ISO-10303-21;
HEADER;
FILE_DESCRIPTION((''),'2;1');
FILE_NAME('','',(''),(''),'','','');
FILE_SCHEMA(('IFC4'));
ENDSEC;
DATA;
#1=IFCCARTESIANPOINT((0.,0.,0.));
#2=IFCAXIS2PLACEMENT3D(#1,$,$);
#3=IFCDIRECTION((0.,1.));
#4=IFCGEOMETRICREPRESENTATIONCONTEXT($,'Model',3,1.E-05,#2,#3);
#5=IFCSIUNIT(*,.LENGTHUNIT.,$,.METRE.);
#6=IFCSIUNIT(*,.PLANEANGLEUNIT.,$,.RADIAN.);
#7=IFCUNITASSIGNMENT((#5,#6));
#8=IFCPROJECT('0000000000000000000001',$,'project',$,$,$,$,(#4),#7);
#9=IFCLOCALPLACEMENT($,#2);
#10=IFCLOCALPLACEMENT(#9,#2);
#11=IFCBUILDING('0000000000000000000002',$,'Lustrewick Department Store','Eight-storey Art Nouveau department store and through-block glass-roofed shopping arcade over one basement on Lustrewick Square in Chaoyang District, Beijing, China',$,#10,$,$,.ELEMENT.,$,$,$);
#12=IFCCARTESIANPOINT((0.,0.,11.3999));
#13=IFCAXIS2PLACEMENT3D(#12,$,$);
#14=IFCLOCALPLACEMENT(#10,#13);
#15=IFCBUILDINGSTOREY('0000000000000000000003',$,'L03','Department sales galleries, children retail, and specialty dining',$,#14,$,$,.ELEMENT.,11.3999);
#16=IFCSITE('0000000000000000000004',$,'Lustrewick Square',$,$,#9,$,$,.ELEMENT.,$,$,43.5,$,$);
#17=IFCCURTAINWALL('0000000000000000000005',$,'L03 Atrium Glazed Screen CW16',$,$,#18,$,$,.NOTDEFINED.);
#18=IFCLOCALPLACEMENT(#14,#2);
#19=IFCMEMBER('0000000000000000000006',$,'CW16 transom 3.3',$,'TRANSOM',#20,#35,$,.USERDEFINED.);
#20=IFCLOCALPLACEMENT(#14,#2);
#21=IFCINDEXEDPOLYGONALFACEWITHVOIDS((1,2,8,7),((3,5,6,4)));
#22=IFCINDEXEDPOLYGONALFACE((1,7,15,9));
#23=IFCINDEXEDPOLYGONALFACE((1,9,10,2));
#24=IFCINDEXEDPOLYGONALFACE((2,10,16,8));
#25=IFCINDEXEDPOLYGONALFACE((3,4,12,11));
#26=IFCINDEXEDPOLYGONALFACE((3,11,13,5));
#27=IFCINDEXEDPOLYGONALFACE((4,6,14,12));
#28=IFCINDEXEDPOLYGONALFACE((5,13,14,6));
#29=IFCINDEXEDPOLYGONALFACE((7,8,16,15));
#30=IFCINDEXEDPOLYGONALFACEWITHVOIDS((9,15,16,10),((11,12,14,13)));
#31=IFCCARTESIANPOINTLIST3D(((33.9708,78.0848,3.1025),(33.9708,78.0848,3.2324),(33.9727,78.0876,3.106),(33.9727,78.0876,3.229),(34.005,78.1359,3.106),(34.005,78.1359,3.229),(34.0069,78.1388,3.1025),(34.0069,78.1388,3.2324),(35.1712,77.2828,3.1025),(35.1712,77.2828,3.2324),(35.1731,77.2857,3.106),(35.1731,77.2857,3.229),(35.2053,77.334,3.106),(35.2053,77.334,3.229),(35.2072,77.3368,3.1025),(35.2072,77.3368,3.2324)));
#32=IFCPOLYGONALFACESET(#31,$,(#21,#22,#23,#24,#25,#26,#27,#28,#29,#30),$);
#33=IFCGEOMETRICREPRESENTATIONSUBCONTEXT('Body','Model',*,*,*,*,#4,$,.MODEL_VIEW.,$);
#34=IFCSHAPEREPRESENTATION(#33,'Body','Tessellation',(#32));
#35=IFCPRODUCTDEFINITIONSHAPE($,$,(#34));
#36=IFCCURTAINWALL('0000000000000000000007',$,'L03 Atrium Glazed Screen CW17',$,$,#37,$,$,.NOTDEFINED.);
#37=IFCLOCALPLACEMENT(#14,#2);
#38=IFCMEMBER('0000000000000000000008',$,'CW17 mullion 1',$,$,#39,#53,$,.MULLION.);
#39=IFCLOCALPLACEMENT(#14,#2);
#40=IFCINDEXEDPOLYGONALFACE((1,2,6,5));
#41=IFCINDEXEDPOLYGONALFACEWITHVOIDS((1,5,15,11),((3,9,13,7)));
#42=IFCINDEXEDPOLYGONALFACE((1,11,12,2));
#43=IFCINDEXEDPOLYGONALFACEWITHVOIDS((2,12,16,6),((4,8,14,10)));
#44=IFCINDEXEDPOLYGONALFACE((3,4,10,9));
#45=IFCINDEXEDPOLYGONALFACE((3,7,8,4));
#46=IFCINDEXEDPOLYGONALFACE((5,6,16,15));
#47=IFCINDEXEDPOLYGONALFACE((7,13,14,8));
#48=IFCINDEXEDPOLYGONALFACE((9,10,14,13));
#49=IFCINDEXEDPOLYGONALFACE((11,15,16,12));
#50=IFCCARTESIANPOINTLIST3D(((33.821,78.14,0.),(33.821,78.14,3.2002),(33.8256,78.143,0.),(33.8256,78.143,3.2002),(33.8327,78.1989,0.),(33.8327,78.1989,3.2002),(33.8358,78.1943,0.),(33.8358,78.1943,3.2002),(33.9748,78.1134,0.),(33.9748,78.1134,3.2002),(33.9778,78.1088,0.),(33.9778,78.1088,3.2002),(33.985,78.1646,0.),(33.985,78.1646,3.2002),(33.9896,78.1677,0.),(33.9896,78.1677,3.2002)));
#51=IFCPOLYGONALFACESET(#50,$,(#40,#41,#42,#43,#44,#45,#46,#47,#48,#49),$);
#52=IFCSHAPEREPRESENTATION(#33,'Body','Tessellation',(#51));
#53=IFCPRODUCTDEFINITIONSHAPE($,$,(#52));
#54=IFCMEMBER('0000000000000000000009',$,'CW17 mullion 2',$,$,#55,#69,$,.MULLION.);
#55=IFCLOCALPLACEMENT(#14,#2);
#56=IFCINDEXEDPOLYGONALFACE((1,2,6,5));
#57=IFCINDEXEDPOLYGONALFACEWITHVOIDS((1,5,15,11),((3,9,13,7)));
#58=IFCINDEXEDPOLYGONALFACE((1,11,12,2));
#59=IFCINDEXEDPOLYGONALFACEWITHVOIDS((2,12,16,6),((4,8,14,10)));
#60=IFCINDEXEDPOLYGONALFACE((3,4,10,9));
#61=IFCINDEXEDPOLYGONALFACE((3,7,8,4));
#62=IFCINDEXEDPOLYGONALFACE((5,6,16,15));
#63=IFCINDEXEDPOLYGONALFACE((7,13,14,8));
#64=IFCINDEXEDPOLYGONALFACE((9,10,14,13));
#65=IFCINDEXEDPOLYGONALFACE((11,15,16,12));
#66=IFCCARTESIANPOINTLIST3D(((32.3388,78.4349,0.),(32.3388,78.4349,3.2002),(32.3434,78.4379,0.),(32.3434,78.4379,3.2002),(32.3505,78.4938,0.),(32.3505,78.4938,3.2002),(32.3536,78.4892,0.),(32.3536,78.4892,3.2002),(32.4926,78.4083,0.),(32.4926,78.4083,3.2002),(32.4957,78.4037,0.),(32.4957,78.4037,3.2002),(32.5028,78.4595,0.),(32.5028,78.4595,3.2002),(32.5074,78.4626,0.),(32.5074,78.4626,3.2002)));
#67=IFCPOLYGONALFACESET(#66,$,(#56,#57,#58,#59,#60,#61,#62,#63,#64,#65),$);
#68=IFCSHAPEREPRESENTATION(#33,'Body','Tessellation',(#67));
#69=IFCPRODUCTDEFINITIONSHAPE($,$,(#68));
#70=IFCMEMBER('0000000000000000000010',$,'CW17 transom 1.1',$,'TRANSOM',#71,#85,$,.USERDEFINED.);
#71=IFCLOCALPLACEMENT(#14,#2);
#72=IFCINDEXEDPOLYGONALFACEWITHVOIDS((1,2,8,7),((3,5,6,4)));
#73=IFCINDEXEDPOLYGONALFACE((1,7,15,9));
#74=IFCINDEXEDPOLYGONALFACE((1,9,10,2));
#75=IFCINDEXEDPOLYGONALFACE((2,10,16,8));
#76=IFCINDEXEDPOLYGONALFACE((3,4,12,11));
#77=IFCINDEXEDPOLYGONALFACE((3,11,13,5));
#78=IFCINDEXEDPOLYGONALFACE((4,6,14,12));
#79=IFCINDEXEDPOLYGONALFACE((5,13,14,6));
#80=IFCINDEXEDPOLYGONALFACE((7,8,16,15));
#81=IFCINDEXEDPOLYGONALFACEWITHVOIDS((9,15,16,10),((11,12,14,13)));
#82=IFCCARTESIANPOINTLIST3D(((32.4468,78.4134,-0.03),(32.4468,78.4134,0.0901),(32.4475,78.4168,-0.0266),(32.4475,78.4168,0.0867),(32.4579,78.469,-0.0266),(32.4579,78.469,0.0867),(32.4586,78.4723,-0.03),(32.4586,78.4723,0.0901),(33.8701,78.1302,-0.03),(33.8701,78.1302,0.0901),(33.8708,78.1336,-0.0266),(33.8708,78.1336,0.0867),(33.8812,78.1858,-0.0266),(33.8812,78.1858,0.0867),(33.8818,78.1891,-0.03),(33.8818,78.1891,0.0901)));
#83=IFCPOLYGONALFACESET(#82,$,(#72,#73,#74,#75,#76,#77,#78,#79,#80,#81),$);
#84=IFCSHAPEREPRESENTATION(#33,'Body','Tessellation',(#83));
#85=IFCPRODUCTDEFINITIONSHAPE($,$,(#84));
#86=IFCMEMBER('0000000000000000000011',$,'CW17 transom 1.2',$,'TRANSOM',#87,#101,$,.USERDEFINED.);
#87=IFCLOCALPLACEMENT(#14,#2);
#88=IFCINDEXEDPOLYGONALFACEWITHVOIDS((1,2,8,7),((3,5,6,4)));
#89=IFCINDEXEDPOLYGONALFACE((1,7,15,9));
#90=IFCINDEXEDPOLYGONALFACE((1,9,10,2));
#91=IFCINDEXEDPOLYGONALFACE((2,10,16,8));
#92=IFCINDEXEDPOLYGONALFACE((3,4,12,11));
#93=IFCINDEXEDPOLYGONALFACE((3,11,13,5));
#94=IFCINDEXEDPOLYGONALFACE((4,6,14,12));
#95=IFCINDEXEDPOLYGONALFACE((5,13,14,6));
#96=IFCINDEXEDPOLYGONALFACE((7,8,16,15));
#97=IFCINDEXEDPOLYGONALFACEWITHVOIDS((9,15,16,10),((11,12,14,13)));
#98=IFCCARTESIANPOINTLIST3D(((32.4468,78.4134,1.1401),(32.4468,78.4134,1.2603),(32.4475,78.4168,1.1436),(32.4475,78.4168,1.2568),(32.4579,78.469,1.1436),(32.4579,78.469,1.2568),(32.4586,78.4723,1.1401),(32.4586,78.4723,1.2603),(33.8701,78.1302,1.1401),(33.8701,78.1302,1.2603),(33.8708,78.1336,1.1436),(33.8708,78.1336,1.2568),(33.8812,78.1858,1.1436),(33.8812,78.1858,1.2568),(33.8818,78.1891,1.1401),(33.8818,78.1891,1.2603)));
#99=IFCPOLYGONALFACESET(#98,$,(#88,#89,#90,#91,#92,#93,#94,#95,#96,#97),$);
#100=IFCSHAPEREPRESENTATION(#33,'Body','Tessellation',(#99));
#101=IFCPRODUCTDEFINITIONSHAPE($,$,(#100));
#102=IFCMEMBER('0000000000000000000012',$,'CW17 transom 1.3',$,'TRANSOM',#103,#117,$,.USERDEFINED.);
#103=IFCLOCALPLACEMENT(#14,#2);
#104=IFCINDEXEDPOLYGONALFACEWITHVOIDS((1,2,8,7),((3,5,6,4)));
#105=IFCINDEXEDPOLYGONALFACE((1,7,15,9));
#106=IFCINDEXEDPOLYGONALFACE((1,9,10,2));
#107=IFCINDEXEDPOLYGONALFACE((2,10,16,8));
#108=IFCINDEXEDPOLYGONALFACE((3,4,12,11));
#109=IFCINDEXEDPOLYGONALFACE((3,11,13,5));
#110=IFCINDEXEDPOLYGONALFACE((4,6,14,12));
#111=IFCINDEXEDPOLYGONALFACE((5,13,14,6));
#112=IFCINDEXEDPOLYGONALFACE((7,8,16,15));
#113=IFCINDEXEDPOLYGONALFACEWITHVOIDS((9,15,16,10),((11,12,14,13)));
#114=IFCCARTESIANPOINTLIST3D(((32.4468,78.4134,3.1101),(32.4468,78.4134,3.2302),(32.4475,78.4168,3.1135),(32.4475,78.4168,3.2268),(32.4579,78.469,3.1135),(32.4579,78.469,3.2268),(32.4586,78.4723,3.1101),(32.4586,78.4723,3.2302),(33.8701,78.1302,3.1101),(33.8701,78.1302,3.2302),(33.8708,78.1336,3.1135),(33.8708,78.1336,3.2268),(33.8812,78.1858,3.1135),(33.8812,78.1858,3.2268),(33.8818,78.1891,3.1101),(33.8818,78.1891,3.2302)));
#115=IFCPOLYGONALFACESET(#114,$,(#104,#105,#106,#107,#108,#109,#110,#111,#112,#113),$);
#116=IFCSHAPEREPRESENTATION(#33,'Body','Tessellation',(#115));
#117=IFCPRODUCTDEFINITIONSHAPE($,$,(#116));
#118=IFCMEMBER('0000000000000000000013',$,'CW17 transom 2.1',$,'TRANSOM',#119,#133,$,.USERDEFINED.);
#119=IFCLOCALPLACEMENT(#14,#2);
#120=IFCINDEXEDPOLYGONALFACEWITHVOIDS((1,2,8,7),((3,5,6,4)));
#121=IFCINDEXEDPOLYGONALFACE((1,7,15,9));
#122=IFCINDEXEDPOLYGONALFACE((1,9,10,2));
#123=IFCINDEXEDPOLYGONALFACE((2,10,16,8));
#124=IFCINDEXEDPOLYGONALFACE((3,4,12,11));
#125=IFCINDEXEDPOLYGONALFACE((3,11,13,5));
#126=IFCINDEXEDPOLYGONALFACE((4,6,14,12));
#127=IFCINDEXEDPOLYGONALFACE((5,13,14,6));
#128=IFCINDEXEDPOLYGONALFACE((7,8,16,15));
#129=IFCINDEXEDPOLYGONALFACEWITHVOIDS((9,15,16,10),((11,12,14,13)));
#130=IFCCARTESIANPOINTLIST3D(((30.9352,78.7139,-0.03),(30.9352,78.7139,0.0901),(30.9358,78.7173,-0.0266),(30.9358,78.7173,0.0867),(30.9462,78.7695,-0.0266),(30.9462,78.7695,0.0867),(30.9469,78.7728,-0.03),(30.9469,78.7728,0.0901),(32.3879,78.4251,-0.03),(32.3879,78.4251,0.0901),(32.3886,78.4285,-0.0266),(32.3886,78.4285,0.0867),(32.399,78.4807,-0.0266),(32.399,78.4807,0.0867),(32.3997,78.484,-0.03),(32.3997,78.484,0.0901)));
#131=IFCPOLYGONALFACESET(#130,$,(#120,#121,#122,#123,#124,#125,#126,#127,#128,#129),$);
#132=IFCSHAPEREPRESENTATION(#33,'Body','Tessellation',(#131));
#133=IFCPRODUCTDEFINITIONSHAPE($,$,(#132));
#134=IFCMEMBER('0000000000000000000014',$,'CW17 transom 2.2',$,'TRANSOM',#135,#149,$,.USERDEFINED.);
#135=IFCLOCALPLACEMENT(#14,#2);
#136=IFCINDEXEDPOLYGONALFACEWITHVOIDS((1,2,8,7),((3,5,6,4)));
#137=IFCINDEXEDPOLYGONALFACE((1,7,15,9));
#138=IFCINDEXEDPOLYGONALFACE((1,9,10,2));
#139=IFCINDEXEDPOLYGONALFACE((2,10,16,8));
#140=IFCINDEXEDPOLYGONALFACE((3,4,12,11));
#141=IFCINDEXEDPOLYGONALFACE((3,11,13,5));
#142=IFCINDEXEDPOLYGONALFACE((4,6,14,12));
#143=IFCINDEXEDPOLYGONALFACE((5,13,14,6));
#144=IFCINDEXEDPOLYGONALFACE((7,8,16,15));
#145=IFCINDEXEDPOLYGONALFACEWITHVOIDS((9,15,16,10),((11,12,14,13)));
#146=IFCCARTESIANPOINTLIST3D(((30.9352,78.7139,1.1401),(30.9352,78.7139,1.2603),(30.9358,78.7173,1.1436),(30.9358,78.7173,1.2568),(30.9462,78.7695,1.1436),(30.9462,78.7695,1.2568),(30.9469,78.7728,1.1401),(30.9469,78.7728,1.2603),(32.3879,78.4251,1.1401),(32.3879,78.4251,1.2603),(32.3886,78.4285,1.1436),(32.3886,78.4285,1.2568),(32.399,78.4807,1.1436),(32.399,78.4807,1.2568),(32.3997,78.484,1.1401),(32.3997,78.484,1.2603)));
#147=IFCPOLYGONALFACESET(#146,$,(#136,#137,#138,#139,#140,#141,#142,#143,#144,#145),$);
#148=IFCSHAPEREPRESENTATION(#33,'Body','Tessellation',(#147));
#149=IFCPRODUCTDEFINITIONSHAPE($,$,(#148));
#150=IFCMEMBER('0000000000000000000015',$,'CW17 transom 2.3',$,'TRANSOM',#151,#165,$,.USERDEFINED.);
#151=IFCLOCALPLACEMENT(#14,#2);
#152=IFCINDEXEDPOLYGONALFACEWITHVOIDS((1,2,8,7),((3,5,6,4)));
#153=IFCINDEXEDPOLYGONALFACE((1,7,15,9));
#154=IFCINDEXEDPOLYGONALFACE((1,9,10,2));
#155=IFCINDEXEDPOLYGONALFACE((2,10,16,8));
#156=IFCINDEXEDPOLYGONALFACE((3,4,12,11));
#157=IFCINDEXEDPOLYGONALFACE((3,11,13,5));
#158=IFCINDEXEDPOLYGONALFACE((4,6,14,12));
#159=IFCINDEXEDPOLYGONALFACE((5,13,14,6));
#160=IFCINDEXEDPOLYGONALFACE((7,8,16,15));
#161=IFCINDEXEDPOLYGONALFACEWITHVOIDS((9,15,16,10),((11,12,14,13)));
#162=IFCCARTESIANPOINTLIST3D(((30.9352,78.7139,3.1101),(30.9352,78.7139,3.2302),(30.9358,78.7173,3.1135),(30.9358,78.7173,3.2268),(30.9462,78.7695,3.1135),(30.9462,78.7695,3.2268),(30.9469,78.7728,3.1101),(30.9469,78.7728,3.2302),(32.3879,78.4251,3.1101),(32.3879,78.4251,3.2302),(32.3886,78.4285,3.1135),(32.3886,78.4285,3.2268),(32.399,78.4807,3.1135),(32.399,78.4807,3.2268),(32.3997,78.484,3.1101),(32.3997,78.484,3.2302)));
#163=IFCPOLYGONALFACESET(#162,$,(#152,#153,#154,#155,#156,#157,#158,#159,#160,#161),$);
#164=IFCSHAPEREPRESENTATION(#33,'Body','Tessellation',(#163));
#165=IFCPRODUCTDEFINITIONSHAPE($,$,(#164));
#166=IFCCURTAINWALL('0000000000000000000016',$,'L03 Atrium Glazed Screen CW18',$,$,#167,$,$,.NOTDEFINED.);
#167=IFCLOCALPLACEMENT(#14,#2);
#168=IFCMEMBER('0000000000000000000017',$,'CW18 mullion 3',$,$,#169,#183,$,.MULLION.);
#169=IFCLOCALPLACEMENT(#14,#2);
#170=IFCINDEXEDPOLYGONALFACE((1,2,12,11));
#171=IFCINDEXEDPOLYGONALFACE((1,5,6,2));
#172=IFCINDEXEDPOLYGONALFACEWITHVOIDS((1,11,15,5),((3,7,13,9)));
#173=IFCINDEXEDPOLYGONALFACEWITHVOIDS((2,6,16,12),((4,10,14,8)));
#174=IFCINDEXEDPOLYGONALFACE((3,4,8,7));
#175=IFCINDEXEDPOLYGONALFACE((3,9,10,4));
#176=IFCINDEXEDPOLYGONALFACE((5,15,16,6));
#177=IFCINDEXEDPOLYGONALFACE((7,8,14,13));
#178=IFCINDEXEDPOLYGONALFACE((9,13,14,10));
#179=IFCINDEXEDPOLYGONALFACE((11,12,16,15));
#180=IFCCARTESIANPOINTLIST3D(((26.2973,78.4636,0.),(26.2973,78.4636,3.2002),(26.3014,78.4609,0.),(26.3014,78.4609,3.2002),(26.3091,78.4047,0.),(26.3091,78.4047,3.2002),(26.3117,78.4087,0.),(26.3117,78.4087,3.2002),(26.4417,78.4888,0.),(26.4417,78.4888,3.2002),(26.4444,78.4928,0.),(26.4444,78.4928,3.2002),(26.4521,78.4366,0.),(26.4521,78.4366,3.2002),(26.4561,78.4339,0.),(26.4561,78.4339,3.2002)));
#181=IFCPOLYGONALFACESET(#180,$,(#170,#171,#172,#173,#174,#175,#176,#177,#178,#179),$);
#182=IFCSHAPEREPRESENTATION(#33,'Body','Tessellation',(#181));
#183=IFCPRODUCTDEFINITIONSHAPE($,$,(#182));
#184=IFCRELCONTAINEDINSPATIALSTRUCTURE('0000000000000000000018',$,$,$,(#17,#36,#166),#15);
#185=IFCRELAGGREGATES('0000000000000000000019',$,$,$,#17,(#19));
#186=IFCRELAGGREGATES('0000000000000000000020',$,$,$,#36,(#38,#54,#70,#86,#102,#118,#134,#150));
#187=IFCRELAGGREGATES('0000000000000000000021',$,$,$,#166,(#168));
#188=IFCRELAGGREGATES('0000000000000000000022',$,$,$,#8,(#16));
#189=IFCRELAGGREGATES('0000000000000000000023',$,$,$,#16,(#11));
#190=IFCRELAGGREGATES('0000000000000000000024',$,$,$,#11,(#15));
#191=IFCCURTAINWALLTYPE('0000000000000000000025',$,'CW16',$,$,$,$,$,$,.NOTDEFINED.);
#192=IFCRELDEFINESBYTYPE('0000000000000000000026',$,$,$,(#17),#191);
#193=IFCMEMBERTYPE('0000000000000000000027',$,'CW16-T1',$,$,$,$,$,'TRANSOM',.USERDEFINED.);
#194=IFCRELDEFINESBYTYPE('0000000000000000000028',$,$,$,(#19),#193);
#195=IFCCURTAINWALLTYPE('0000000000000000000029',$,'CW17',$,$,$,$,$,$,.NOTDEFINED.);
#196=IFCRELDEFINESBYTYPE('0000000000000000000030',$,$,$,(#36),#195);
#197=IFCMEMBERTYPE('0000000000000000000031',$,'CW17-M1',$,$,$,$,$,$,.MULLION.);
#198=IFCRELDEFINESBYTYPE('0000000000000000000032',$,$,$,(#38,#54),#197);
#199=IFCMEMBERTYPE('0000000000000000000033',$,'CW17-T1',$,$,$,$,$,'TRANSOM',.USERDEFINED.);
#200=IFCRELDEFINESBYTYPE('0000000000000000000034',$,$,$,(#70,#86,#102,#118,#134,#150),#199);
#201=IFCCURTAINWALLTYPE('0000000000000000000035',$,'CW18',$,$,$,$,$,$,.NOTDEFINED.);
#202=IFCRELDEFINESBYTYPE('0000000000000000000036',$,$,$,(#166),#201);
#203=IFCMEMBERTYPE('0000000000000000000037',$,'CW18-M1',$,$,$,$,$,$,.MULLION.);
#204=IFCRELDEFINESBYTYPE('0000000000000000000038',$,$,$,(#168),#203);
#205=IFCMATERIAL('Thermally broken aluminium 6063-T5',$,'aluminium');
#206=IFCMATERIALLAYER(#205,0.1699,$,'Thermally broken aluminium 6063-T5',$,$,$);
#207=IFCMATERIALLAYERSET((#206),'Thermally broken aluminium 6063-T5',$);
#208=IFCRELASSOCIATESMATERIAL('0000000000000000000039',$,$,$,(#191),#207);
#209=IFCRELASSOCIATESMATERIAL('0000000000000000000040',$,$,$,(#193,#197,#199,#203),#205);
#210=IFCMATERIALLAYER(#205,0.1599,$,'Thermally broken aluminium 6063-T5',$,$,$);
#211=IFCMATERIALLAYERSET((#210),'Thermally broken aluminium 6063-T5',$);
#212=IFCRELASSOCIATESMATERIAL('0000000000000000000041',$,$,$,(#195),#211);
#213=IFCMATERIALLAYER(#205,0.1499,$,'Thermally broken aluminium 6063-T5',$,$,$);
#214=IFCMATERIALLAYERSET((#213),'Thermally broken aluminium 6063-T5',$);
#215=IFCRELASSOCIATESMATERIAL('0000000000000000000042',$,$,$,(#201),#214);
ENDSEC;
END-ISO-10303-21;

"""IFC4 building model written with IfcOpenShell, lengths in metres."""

from ifc_helpers import new_model, si_unit, direction, frame, origin, origin_2d, place, context, subcontext, project, spatial, hollow_rectangle, extrude, material, layer, layer_set, material_profile, profile_set, type_object, element, aggregate, save


model = new_model("IFC4")

# Units and contexts
model_context = context("Model", 3, precision=1e-05, world=origin(), true_north=direction((0.0, 1.0)))
body_context = subcontext(model_context, "Body", "Model", "MODEL_VIEW")
ifc_project = project(units=[si_unit("LENGTHUNIT", "METRE"), si_unit("PLANEANGLEUNIT", "RADIAN")], contexts=[model_context])

# Site, building, storey
site_placement = place(None, origin())
site = spatial("IfcSite", under=ifc_project, at=site_placement, Name="Lustrewick Square", CompositionType="ELEMENT", RefElevation=43.5)
building_placement = place(site_placement, origin())
building = spatial("IfcBuilding", under=site, at=building_placement, Name="Lustrewick Department Store", Description="Eight-storey Art Nouveau department store and through-block glass-roofed shopping arcade over one basement on Lustrewick Square in Chaoyang District, Beijing, China", CompositionType="ELEMENT")
storey_placement = place(building_placement, frame((0.0, 0.0, 11.3999)))
storey = spatial("IfcBuildingStorey", under=building, at=storey_placement, Name="L03", Description="Department sales galleries, children retail, and specialty dining", CompositionType="ELEMENT", Elevation=11.3999)

# Curtain walls, members
ifc_material_1 = material(Name="Thermally broken aluminium 6063-T5", Category="aluminium")
ifc_layer_1 = layer(ifc_material_1, 0.1699, Name="Thermally broken aluminium 6063-T5")
ifc_layer_set_1 = layer_set([ifc_layer_1], Name="Thermally broken aluminium 6063-T5")
curtain_wall_type_1 = type_object("IfcCurtainWallType", Name="CW16", PredefinedType="NOTDEFINED", material=ifc_layer_set_1)
curtain_wall_1_placement = place(storey_placement, origin())
curtain_wall_1 = element("IfcCurtainWall", 1, at=curtain_wall_1_placement, inside=storey, type_object=curtain_wall_type_1, Name="L03 Atrium Glazed Screen CW16", PredefinedType="NOTDEFINED")
ifc_material_profile_1 = material_profile(ifc_material_1, hollow_rectangle(XDim=0.0649, YDim=0.1299, WallThickness=0.0034, at=origin_2d()), Name="ALU-T 65x130x3.5")
ifc_profile_set_1 = profile_set([ifc_material_profile_1], Name="Thermally broken aluminium 6063-T5")
member_type_1 = type_object("IfcMemberType", Name="CW16-T1", ElementType="TRANSOM", PredefinedType="USERDEFINED", material=ifc_profile_set_1)
member_1_placement = place(storey_placement, frame((35.1892, 77.3098, 3.1675), z_axis=(-0.831504, 0.555519, 0.0), x_axis=(-0.555519, -0.831504, 0.0)))
member_1 = element("IfcMember", 2, at=member_1_placement, type_object=member_type_1, Name="CW16 transom 3.3", ObjectType="TRANSOM", PredefinedType="USERDEFINED", context=body_context, shape_type="SweptSolid", body=[
    extrude(hollow_rectangle(XDim=0.0649, YDim=0.1299, WallThickness=0.0034, at=origin_2d()), origin(), (0.0, 0.0, 1.0), 1.4436),
])
ifc_layer_2 = layer(ifc_material_1, 0.1599, Name="Thermally broken aluminium 6063-T5")
ifc_layer_set_2 = layer_set([ifc_layer_2], Name="Thermally broken aluminium 6063-T5")
curtain_wall_type_2 = type_object("IfcCurtainWallType", Name="CW17", PredefinedType="NOTDEFINED", material=ifc_layer_set_2)
curtain_wall_2_placement = place(storey_placement, origin())
curtain_wall_2 = element("IfcCurtainWall", 3, at=curtain_wall_2_placement, inside=storey, type_object=curtain_wall_type_2, Name="L03 Atrium Glazed Screen CW17", PredefinedType="NOTDEFINED")
ifc_material_profile_2 = material_profile(ifc_material_1, hollow_rectangle(XDim=0.0601, YDim=0.1599, WallThickness=0.0039, at=origin_2d()), Name="ALU-M 60x160x4")
ifc_profile_set_2 = profile_set([ifc_material_profile_2], Name="Thermally broken aluminium 6063-T5")
member_type_2 = type_object("IfcMemberType", Name="CW17-M1", PredefinedType="MULLION", material=ifc_profile_set_2)
member_2_placement = place(storey_placement, frame((33.9053, 78.1538, 0.0), z_axis=(0.0, 0.0, 1.0), x_axis=(-0.195085, -0.980786, 0.0)))
member_2 = element("IfcMember", 4, at=member_2_placement, type_object=member_type_2, Name="CW17 mullion 1", PredefinedType="MULLION", context=body_context, shape_type="SweptSolid", body=[
    extrude(hollow_rectangle(XDim=0.0601, YDim=0.1599, WallThickness=0.0039, at=origin_2d()), origin(), (0.0, 0.0, 1.0), 3.2002),
])
member_3_placement = place(storey_placement, frame((32.4231, 78.4487, 0.0), z_axis=(0.0, 0.0, 1.0), x_axis=(-0.195085, -0.980786, 0.0)))
member_3 = element("IfcMember", 5, at=member_3_placement, type_object=member_type_2, Name="CW17 mullion 2", PredefinedType="MULLION", context=body_context, shape_type="SweptSolid", body=[
    extrude(hollow_rectangle(XDim=0.0601, YDim=0.1599, WallThickness=0.0039, at=origin_2d()), origin(), (0.0, 0.0, 1.0), 3.2002),
])
ifc_material_profile_3 = material_profile(ifc_material_1, hollow_rectangle(XDim=0.0601, YDim=0.1201, WallThickness=0.0034, at=origin_2d()), Name="ALU-T 60x120x3.5")
ifc_profile_set_3 = profile_set([ifc_material_profile_3], Name="Thermally broken aluminium 6063-T5")
member_type_3 = type_object("IfcMemberType", Name="CW17-T1", ElementType="TRANSOM", PredefinedType="USERDEFINED", material=ifc_profile_set_3)
member_4_placement = place(storey_placement, frame((33.876, 78.1597, 0.03), z_axis=(-0.980774, 0.195145, 0.0), x_axis=(-0.195145, -0.980774, 0.0)))
member_4 = element("IfcMember", 6, at=member_4_placement, type_object=member_type_3, Name="CW17 transom 1.1", ObjectType="TRANSOM", PredefinedType="USERDEFINED", context=body_context, shape_type="SweptSolid", body=[
    extrude(hollow_rectangle(XDim=0.0601, YDim=0.1201, WallThickness=0.0034, at=origin_2d()), origin(), (0.0, 0.0, 1.0), 1.4512),
])
member_5_placement = place(storey_placement, frame((33.876, 78.1597, 1.2002), z_axis=(-0.980774, 0.195145, 0.0), x_axis=(-0.195145, -0.980774, 0.0)))
member_5 = element("IfcMember", 7, at=member_5_placement, type_object=member_type_3, Name="CW17 transom 1.2", ObjectType="TRANSOM", PredefinedType="USERDEFINED", context=body_context, shape_type="SweptSolid", body=[
    extrude(hollow_rectangle(XDim=0.0601, YDim=0.1201, WallThickness=0.0034, at=origin_2d()), origin(), (0.0, 0.0, 1.0), 1.4512),
])
member_6_placement = place(storey_placement, frame((33.876, 78.1597, 3.1702), z_axis=(-0.980774, 0.195145, 0.0), x_axis=(-0.195145, -0.980774, 0.0)))
member_6 = element("IfcMember", 8, at=member_6_placement, type_object=member_type_3, Name="CW17 transom 1.3", ObjectType="TRANSOM", PredefinedType="USERDEFINED", context=body_context, shape_type="SweptSolid", body=[
    extrude(hollow_rectangle(XDim=0.0601, YDim=0.1201, WallThickness=0.0034, at=origin_2d()), origin(), (0.0, 0.0, 1.0), 1.4512),
])
member_7_placement = place(storey_placement, frame((32.3938, 78.4546, 0.03), z_axis=(-0.980808, 0.194975, 0.0), x_axis=(-0.194975, -0.980808, 0.0)))
member_7 = element("IfcMember", 9, at=member_7_placement, type_object=member_type_3, Name="CW17 transom 2.1", ObjectType="TRANSOM", PredefinedType="USERDEFINED", context=body_context, shape_type="SweptSolid", body=[
    extrude(hollow_rectangle(XDim=0.0601, YDim=0.1201, WallThickness=0.0034, at=origin_2d()), origin(), (0.0, 0.0, 1.0), 1.4812),
])
member_8_placement = place(storey_placement, frame((32.3938, 78.4546, 1.2002), z_axis=(-0.980808, 0.194975, 0.0), x_axis=(-0.194975, -0.980808, 0.0)))
member_8 = element("IfcMember", 10, at=member_8_placement, type_object=member_type_3, Name="CW17 transom 2.2", ObjectType="TRANSOM", PredefinedType="USERDEFINED", context=body_context, shape_type="SweptSolid", body=[
    extrude(hollow_rectangle(XDim=0.0601, YDim=0.1201, WallThickness=0.0034, at=origin_2d()), origin(), (0.0, 0.0, 1.0), 1.4812),
])
member_9_placement = place(storey_placement, frame((32.3938, 78.4546, 3.1702), z_axis=(-0.980808, 0.194975, 0.0), x_axis=(-0.194975, -0.980808, 0.0)))
member_9 = element("IfcMember", 11, at=member_9_placement, type_object=member_type_3, Name="CW17 transom 2.3", ObjectType="TRANSOM", PredefinedType="USERDEFINED", context=body_context, shape_type="SweptSolid", body=[
    extrude(hollow_rectangle(XDim=0.0601, YDim=0.1201, WallThickness=0.0034, at=origin_2d()), origin(), (0.0, 0.0, 1.0), 1.4812),
])

# Curtain wall, member
ifc_layer_3 = layer(ifc_material_1, 0.1499, Name="Thermally broken aluminium 6063-T5")
ifc_layer_set_3 = layer_set([ifc_layer_3], Name="Thermally broken aluminium 6063-T5")
curtain_wall_type_3 = type_object("IfcCurtainWallType", Name="CW18", PredefinedType="NOTDEFINED", material=ifc_layer_set_3)
curtain_wall_3_placement = place(storey_placement, origin())
curtain_wall_3 = element("IfcCurtainWall", 12, at=curtain_wall_3_placement, inside=storey, type_object=curtain_wall_type_3, Name="L03 Atrium Glazed Screen CW18", PredefinedType="NOTDEFINED")
ifc_material_profile_4 = material_profile(ifc_material_1, hollow_rectangle(XDim=0.0601, YDim=0.1499, WallThickness=0.0034, at=origin_2d()), Name="ALU-M 60x150x3.5")
ifc_profile_set_4 = profile_set([ifc_material_profile_4], Name="Thermally broken aluminium 6063-T5")
member_type_4 = type_object("IfcMemberType", Name="CW18-M1", PredefinedType="MULLION", material=ifc_profile_set_4)
member_10_placement = place(storey_placement, frame((26.3767, 78.4487, 0.0), z_axis=(0.0, 0.0, 1.0), x_axis=(0.195085, -0.980786, 0.0)))
member_10 = element("IfcMember", 13, at=member_10_placement, type_object=member_type_4, Name="CW18 mullion 3", PredefinedType="MULLION", context=body_context, shape_type="SweptSolid", body=[
    extrude(hollow_rectangle(XDim=0.0601, YDim=0.1499, WallThickness=0.0034, at=origin_2d()), origin(), (0.0, 0.0, 1.0), 3.2002),
])

aggregate(curtain_wall_1, [member_1])
aggregate(curtain_wall_2, [member_2, member_3, member_4, member_5, member_6, member_7, member_8, member_9])
aggregate(curtain_wall_3, [member_10])

save(model, "model.ifc")
